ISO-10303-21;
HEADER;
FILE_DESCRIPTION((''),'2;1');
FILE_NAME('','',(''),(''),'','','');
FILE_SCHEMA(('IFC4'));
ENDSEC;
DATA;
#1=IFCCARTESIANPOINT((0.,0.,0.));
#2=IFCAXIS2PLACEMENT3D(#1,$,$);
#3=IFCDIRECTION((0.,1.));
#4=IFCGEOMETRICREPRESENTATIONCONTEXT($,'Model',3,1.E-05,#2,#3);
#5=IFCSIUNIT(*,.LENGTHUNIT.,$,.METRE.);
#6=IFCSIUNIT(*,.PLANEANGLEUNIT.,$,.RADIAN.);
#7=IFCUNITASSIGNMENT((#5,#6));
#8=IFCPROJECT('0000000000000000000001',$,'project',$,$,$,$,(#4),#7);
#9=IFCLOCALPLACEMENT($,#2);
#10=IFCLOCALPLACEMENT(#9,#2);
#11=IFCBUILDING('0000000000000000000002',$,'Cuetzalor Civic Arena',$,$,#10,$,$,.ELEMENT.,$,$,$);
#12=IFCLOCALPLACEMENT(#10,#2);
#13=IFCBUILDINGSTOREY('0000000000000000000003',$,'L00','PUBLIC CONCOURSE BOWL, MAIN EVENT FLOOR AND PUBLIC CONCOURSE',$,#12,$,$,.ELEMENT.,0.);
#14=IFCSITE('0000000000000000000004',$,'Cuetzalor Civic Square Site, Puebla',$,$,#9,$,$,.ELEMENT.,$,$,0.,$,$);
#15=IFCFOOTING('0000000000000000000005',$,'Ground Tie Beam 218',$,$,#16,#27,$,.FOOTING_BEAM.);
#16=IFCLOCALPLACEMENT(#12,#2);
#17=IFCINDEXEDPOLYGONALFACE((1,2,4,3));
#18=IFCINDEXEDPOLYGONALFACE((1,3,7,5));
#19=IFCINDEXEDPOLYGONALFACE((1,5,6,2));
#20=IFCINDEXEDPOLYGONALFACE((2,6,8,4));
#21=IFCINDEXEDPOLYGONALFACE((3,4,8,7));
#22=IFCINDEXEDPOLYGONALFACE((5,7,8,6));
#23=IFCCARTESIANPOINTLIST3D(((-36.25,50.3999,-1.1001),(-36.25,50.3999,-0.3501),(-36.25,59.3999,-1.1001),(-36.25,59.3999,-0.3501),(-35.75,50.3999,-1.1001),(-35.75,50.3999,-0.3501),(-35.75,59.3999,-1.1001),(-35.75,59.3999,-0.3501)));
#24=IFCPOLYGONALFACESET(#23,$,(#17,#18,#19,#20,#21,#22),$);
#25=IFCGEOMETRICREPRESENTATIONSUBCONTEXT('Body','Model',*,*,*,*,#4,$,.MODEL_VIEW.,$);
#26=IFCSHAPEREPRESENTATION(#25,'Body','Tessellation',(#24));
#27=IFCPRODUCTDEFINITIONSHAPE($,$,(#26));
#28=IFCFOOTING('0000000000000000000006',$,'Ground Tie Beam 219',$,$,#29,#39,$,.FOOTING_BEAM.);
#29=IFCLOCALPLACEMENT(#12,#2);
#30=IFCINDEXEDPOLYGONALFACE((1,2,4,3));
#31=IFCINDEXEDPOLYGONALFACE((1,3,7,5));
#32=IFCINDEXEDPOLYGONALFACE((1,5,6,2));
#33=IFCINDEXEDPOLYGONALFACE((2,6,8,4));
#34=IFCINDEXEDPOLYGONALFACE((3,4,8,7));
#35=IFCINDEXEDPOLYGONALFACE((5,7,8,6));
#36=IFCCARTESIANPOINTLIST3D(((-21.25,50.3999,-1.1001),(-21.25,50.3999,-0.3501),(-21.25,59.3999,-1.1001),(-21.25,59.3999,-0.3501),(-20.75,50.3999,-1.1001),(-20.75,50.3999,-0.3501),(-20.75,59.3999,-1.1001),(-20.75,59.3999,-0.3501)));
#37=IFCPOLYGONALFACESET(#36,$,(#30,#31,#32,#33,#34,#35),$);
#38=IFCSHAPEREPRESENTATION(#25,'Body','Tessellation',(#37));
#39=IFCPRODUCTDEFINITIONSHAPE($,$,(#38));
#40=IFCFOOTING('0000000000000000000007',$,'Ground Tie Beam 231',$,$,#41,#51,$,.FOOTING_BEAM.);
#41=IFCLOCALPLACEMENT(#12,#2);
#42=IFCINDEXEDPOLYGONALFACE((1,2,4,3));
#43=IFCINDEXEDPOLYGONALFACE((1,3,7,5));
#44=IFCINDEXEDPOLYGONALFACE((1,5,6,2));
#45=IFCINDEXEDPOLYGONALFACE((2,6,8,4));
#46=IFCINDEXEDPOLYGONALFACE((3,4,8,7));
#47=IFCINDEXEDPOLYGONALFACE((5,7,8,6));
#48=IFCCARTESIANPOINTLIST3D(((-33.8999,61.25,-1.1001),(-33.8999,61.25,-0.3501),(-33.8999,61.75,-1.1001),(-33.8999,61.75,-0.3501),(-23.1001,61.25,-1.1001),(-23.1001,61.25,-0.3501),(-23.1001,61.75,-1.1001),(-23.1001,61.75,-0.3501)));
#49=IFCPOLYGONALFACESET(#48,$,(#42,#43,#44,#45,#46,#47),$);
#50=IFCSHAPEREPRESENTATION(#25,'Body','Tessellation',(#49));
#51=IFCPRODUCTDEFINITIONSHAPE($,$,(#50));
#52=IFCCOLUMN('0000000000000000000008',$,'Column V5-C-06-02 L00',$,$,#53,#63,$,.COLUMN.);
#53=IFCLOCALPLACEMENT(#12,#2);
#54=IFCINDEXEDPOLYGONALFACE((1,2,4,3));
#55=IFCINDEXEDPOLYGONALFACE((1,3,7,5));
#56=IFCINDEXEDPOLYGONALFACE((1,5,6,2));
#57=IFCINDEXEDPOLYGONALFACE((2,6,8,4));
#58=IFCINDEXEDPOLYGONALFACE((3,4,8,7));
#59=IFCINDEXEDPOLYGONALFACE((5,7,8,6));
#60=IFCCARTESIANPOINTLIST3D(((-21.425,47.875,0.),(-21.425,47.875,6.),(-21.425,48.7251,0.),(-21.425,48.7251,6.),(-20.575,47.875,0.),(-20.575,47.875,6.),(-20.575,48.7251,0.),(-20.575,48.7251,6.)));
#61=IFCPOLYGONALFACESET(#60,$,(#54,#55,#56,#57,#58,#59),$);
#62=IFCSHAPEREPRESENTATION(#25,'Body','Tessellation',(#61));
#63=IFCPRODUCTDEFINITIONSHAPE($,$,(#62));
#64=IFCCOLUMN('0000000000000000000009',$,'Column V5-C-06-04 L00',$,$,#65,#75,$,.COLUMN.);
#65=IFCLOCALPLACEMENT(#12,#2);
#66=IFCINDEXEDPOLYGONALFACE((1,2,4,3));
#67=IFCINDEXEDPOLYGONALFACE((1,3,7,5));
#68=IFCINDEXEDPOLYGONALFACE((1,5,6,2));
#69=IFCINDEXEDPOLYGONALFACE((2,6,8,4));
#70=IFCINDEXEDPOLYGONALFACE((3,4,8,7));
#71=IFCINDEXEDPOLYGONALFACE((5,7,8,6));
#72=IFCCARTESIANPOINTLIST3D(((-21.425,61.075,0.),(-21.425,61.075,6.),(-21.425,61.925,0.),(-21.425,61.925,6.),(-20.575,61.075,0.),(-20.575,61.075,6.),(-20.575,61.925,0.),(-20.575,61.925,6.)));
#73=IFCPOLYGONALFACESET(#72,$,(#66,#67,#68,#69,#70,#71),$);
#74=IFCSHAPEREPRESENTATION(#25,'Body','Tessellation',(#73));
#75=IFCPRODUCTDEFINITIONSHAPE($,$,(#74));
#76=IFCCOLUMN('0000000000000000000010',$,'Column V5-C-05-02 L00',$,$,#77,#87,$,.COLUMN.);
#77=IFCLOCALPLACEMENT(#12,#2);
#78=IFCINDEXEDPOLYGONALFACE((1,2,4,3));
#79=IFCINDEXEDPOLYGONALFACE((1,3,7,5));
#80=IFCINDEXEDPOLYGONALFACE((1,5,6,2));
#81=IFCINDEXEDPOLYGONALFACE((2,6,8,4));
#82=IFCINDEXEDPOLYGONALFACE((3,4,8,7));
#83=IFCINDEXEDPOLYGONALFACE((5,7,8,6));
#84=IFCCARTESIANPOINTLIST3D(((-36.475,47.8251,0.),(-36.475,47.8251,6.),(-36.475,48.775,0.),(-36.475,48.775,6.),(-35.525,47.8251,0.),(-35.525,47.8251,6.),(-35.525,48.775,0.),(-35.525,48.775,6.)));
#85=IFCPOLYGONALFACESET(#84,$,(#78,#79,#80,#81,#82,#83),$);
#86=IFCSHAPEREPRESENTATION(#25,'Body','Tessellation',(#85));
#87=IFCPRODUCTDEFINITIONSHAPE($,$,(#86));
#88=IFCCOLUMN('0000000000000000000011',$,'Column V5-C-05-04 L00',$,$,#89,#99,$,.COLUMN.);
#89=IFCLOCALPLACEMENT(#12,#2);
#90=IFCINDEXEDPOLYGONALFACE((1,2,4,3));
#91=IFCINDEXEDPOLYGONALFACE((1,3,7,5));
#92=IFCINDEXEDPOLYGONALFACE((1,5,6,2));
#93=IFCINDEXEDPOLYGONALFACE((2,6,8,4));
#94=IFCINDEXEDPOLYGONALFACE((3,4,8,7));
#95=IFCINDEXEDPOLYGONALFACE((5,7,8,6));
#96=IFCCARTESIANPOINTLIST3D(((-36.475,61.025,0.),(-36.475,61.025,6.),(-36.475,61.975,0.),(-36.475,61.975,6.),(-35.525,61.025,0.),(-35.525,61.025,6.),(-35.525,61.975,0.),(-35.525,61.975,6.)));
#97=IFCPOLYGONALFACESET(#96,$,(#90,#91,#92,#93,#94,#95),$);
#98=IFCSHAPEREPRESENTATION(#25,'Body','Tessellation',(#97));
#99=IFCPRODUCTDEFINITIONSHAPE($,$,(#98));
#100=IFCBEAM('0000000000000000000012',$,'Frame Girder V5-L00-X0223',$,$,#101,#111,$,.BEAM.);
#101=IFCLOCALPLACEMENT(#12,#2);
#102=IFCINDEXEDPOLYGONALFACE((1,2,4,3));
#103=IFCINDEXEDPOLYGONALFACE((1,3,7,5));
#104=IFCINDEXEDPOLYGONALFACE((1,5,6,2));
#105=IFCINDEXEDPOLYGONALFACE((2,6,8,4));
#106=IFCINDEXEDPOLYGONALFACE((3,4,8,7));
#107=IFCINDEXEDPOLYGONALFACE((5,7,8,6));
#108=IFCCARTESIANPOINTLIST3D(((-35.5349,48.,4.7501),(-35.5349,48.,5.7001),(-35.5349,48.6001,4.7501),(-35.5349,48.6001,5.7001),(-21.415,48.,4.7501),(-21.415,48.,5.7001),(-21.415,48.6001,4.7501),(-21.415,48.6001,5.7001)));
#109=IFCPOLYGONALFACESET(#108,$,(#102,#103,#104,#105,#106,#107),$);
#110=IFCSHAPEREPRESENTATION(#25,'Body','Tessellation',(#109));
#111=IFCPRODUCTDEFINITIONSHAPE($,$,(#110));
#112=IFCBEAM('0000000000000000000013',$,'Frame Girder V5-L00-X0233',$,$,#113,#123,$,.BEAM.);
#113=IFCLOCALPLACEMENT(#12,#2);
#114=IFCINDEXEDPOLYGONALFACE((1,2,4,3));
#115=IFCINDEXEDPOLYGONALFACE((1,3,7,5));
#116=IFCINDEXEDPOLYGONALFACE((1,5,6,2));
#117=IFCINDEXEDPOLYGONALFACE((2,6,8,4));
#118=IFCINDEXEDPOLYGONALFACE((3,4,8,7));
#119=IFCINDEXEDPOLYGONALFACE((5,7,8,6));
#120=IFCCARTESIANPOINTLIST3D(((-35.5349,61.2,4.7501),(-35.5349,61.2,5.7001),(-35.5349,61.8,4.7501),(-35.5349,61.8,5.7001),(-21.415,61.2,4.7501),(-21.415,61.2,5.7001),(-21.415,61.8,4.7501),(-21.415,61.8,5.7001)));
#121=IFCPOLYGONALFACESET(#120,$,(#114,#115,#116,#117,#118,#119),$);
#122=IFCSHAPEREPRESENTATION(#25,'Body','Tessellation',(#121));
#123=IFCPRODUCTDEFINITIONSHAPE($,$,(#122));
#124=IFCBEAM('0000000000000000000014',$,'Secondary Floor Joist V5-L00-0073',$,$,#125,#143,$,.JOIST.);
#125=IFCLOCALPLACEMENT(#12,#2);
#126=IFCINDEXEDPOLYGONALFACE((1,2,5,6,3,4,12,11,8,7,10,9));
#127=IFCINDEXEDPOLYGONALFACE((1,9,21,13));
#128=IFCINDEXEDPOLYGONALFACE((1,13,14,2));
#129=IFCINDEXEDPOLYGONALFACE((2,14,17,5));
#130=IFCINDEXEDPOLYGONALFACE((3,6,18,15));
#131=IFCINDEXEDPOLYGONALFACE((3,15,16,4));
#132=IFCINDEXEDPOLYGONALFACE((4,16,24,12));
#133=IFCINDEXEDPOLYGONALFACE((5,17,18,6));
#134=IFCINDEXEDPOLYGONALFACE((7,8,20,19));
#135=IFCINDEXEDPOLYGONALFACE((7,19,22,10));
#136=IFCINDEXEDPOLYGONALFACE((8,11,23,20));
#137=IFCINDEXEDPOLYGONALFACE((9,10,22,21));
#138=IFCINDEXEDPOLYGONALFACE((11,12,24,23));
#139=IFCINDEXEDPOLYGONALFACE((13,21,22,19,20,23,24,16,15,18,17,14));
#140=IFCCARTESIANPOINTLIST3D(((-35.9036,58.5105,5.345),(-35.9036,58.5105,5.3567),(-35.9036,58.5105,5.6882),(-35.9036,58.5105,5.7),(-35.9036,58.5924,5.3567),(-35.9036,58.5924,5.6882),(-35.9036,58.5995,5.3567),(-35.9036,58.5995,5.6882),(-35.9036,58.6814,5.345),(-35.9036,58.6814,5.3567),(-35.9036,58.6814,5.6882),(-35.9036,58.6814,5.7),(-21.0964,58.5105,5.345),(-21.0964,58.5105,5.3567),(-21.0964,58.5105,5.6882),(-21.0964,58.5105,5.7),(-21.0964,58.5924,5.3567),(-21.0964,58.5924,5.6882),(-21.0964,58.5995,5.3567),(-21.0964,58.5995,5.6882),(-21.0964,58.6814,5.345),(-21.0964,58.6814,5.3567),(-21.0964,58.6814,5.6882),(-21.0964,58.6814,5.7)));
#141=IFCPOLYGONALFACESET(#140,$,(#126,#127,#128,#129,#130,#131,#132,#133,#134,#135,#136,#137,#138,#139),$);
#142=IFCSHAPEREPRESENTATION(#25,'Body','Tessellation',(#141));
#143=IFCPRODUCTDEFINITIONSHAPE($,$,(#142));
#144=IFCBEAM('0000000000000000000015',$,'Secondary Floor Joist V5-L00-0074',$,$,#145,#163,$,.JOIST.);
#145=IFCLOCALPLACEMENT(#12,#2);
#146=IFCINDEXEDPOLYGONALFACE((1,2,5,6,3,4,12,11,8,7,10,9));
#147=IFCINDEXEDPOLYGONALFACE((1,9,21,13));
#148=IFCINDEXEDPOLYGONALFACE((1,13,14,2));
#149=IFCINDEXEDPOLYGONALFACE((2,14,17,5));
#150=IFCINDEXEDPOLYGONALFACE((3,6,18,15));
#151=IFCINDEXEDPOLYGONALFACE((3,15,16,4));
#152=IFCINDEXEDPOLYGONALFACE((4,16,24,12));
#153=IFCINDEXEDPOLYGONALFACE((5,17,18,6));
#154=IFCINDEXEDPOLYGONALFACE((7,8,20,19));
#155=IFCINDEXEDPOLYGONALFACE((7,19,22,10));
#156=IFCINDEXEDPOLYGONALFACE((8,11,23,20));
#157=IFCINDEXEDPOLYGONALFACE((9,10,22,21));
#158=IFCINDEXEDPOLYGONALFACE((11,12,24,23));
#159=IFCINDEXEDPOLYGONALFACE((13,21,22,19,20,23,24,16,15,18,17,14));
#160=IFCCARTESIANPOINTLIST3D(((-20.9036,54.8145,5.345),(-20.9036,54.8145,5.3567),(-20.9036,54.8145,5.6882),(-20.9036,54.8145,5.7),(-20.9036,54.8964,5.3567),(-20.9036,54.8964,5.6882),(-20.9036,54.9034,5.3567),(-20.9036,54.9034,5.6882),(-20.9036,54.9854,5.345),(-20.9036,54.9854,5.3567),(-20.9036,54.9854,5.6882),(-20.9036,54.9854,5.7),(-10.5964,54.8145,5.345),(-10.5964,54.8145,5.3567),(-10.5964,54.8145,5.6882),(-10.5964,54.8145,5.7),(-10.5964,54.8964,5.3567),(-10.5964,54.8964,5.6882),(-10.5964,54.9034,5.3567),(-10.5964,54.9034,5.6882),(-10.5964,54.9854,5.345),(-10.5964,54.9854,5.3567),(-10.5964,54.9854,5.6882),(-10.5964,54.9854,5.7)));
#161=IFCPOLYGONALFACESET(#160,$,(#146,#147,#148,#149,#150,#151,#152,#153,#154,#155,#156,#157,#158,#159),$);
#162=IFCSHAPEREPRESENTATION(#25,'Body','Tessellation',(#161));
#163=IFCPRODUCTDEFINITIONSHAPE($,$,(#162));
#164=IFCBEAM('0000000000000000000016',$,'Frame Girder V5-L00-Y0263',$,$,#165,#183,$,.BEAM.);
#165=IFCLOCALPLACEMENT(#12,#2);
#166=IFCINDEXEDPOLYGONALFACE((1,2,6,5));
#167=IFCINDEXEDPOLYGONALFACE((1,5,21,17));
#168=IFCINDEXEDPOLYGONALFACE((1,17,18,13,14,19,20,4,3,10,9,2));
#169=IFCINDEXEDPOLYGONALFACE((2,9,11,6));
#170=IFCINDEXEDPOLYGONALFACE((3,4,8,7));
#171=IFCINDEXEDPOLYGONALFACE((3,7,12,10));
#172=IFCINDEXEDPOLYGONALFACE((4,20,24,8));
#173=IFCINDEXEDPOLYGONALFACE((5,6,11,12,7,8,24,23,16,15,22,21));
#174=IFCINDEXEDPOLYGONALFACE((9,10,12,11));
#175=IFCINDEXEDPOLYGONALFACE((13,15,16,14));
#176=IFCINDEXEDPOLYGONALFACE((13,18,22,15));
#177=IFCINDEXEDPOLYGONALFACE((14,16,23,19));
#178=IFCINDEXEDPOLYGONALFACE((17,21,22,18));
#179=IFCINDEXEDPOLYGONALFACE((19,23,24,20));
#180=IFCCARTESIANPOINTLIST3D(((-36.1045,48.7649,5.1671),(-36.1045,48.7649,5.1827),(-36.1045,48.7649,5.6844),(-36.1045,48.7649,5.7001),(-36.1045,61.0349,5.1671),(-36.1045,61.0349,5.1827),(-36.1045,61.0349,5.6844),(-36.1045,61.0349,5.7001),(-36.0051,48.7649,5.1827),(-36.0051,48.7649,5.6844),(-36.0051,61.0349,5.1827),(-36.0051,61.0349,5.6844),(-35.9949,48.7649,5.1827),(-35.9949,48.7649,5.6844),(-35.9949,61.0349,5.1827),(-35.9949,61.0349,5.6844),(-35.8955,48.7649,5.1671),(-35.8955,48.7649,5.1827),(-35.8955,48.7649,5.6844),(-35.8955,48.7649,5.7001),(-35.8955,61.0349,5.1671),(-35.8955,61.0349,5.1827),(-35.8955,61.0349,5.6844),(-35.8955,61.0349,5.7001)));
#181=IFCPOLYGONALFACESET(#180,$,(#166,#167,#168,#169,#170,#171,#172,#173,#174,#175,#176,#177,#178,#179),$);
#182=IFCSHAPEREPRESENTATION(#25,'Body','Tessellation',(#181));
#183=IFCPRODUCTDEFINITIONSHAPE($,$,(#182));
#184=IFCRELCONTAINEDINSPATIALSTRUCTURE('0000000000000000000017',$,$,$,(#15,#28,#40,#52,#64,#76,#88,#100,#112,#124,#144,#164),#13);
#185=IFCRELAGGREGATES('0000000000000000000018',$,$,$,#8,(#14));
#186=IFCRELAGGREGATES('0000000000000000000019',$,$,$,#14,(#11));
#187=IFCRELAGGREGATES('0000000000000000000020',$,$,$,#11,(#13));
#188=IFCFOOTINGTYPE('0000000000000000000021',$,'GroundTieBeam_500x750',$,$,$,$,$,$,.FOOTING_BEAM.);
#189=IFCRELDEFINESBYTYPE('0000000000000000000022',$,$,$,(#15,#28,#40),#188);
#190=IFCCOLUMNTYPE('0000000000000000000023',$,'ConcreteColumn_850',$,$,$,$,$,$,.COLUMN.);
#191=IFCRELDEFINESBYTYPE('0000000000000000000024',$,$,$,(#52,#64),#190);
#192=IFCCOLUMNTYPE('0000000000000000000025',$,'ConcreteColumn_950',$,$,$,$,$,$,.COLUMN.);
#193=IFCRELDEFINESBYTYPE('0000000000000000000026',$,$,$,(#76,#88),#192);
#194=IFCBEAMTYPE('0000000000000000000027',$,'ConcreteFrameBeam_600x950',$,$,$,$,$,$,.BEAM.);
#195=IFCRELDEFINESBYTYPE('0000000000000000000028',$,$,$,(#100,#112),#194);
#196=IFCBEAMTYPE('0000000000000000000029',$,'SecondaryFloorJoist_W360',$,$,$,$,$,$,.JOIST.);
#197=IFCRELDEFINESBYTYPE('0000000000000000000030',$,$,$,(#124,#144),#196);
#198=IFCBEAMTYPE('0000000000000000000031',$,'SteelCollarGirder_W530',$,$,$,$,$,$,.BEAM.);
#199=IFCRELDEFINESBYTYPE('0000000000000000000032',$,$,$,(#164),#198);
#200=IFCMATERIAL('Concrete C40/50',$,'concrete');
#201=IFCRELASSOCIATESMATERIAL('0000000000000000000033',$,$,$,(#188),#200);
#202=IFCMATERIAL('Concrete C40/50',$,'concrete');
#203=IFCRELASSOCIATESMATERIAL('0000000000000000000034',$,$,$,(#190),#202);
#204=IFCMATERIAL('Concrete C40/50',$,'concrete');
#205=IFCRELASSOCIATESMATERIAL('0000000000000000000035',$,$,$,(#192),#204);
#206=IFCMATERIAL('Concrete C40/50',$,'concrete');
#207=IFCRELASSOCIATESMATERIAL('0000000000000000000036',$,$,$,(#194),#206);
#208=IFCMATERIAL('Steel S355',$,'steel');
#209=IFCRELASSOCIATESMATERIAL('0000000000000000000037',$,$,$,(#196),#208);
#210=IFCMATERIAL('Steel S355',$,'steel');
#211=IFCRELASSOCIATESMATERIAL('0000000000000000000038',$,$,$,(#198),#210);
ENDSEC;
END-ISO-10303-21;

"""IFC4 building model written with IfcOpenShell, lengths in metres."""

from ifc_helpers import new_model, si_unit, direction, frame, origin, origin_2d, place, context, subcontext, project, spatial, rectangle, i_section, extrude, material, material_profile, profile_set, type_object, element, save


model = new_model("IFC4")

# Units and contexts
model_context = context("Model", 3, precision=1e-05, world=origin(), true_north=direction((0.0, 1.0)))
body_context = subcontext(model_context, "Body", "Model", "MODEL_VIEW")
ifc_project = project(units=[si_unit("LENGTHUNIT", "METRE"), si_unit("PLANEANGLEUNIT", "RADIAN")], contexts=[model_context])

# Site, building, storey
site_placement = place(None, origin())
site = spatial("IfcSite", under=ifc_project, at=site_placement, Name="Cuetzalor Civic Square Site, Puebla", CompositionType="ELEMENT", RefElevation=0.0)
building_placement = place(site_placement, origin())
building = spatial("IfcBuilding", under=site, at=building_placement, Name="Cuetzalor Civic Arena", CompositionType="ELEMENT")
storey_placement = place(building_placement, origin())
storey = spatial("IfcBuildingStorey", under=building, at=storey_placement, Name="L00", Description="PUBLIC CONCOURSE BOWL, MAIN EVENT FLOOR AND PUBLIC CONCOURSE", CompositionType="ELEMENT", Elevation=0.0)

# Footings
ifc_material_1 = material(Name="Concrete C40/50", Category="concrete")
ifc_material_profile_1 = material_profile(ifc_material_1, rectangle(XDim=0.5, YDim=0.75, at=origin_2d()), Name="RC 500x750")
ifc_profile_set_1 = profile_set([ifc_material_profile_1], Name="Concrete C40/50")
footing_type_1 = type_object("IfcFootingType", Name="GroundTieBeam_500x750", PredefinedType="FOOTING_BEAM", material=ifc_profile_set_1)
for number, where, z_axis, x_axis, name in (
    (1, (-36.0, 50.3999, -0.7251), (0.0, 1.0, 0.0), (-1.0, 0.0, 0.0), "Ground Tie Beam 218"),
    (2, (-21.0, 50.3999, -0.7251), (0.0, 1.0, 0.0), (-1.0, 0.0, 0.0), "Ground Tie Beam 219"),
):
    element("IfcFooting", number, at=place(storey_placement, frame(where, z_axis=z_axis, x_axis=x_axis)), inside=storey, type_object=footing_type_1, Name=name, PredefinedType="FOOTING_BEAM", context=body_context, shape_type="SweptSolid", body=[
        extrude(rectangle(XDim=0.5, YDim=0.75, at=origin_2d()), origin(), (0.0, 0.0, 1.0), 9.0),
    ])
footing_1_placement = place(storey_placement, frame((-33.8999, 61.5, -0.7251), z_axis=(1.0, 0.0, 0.0), x_axis=(0.0, 1.0, 0.0)))
element("IfcFooting", 3, at=footing_1_placement, inside=storey, type_object=footing_type_1, Name="Ground Tie Beam 231", PredefinedType="FOOTING_BEAM", context=body_context, shape_type="SweptSolid", body=[
    extrude(rectangle(XDim=0.5, YDim=0.75, at=origin_2d()), origin(), (0.0, 0.0, 1.0), 10.7998),
])

# Columns
ifc_material_2 = material(Name="Concrete C40/50", Category="concrete")
ifc_material_profile_2 = material_profile(ifc_material_2, rectangle(XDim=0.8501, YDim=0.8501, at=origin_2d()), Name="RC 850x850")
ifc_profile_set_2 = profile_set([ifc_material_profile_2], Name="Concrete C40/50")
column_type_1 = type_object("IfcColumnType", Name="ConcreteColumn_850", PredefinedType="COLUMN", material=ifc_profile_set_2)
for number, where, z_axis, x_axis, name in (
    (4, (-21.0, 48.3, 0.0), (0.0, 0.0, 1.0), (1.0, 0.0, 0.0), "Column V5-C-06-02 L00"),
    (5, (-21.0, 61.5, 0.0), (0.0, 0.0, 1.0), (1.0, 0.0, 0.0), "Column V5-C-06-04 L00"),
):
    element("IfcColumn", number, at=place(storey_placement, frame(where, z_axis=z_axis, x_axis=x_axis)), inside=storey, type_object=column_type_1, Name=name, PredefinedType="COLUMN", context=body_context, shape_type="SweptSolid", body=[
        extrude(rectangle(XDim=0.8501, YDim=0.8501, at=origin_2d()), origin(), (0.0, 0.0, 1.0), 6.0),
    ])
ifc_material_3 = material(Name="Concrete C40/50", Category="concrete")
ifc_material_profile_3 = material_profile(ifc_material_3, rectangle(XDim=0.95, YDim=0.95, at=origin_2d()), Name="RC 950x950")
ifc_profile_set_3 = profile_set([ifc_material_profile_3], Name="Concrete C40/50")
column_type_2 = type_object("IfcColumnType", Name="ConcreteColumn_950", PredefinedType="COLUMN", material=ifc_profile_set_3)
for number, where, z_axis, x_axis, name in (
    (6, (-36.0, 48.3, 0.0), (0.0, 0.0, 1.0), (1.0, 0.0, 0.0), "Column V5-C-05-02 L00"),
    (7, (-36.0, 61.5, 0.0), (0.0, 0.0, 1.0), (1.0, 0.0, 0.0), "Column V5-C-05-04 L00"),
):
    element("IfcColumn", number, at=place(storey_placement, frame(where, z_axis=z_axis, x_axis=x_axis)), inside=storey, type_object=column_type_2, Name=name, PredefinedType="COLUMN", context=body_context, shape_type="SweptSolid", body=[
        extrude(rectangle(XDim=0.95, YDim=0.95, at=origin_2d()), origin(), (0.0, 0.0, 1.0), 6.0),
    ])

# Beams
ifc_material_4 = material(Name="Concrete C40/50", Category="concrete")
ifc_material_profile_4 = material_profile(ifc_material_4, rectangle(XDim=0.6001, YDim=0.95, at=origin_2d()), Name="RC 600x950")
ifc_profile_set_4 = profile_set([ifc_material_profile_4], Name="Concrete C40/50")
beam_type_1 = type_object("IfcBeamType", Name="ConcreteFrameBeam_600x950", PredefinedType="BEAM", material=ifc_profile_set_4)
for number, where, z_axis, x_axis, name in (
    (8, (-35.5349, 48.3, 5.2251), (1.0, 0.0, 0.0), (0.0, 1.0, 0.0), "Frame Girder V5-L00-X0223"),
    (9, (-35.5349, 61.5, 5.2251), (1.0, 0.0, 0.0), (0.0, 1.0, 0.0), "Frame Girder V5-L00-X0233"),
):
    element("IfcBeam", number, at=place(storey_placement, frame(where, z_axis=z_axis, x_axis=x_axis)), inside=storey, type_object=beam_type_1, Name=name, PredefinedType="BEAM", context=body_context, shape_type="SweptSolid", body=[
        extrude(rectangle(XDim=0.6001, YDim=0.95, at=origin_2d()), origin(), (0.0, 0.0, 1.0), 14.1199),
    ])
ifc_material_5 = material(Name="Steel S355", Category="steel")
ifc_material_profile_5 = material_profile(ifc_material_5, i_section(OverallWidth=0.1709, OverallDepth=0.355, WebThickness=0.0071, FlangeThickness=0.0117, at=origin_2d()), Name="W360x51")
ifc_profile_set_5 = profile_set([ifc_material_profile_5], Name="Steel S355")
beam_type_2 = type_object("IfcBeamType", Name="SecondaryFloorJoist_W360", PredefinedType="JOIST", material=ifc_profile_set_5)
beam_1_placement = place(storey_placement, frame((-35.9036, 58.5959, 5.5225), z_axis=(1.0, 0.0, 0.0), x_axis=(0.0, 1.0, 0.0)))
element("IfcBeam", 10, at=beam_1_placement, inside=storey, type_object=beam_type_2, Name="Secondary Floor Joist V5-L00-0073", PredefinedType="JOIST", context=body_context, shape_type="SweptSolid", body=[
    extrude(i_section(OverallWidth=0.1709, OverallDepth=0.355, WebThickness=0.0071, FlangeThickness=0.0117, at=origin_2d()), origin(), (0.0, 0.0, 1.0), 14.8071),
])
beam_2_placement = place(storey_placement, frame((-20.9036, 54.8999, 5.5225), z_axis=(1.0, 0.0, 0.0), x_axis=(0.0, 1.0, 0.0)))
element("IfcBeam", 11, at=beam_2_placement, inside=storey, type_object=beam_type_2, Name="Secondary Floor Joist V5-L00-0074", PredefinedType="JOIST", context=body_context, shape_type="SweptSolid", body=[
    extrude(i_section(OverallWidth=0.1709, OverallDepth=0.355, WebThickness=0.0071, FlangeThickness=0.0117, at=origin_2d()), origin(), (0.0, 0.0, 1.0), 10.3071),
])
ifc_material_6 = material(Name="Steel S355", Category="steel")
ifc_material_profile_6 = material_profile(ifc_material_6, i_section(OverallWidth=0.209, OverallDepth=0.533, WebThickness=0.0103, FlangeThickness=0.0156, at=origin_2d()), Name="W530x92")
ifc_profile_set_6 = profile_set([ifc_material_profile_6], Name="Steel S355")
beam_type_3 = type_object("IfcBeamType", Name="SteelCollarGirder_W530", PredefinedType="BEAM", material=ifc_profile_set_6)
beam_3_placement = place(storey_placement, frame((-36.0, 48.7649, 5.4336), z_axis=(0.0, 1.0, 0.0), x_axis=(-1.0, 0.0, 0.0)))
element("IfcBeam", 12, at=beam_3_placement, inside=storey, type_object=beam_type_3, Name="Frame Girder V5-L00-Y0263", PredefinedType="BEAM", context=body_context, shape_type="SweptSolid", body=[
    extrude(i_section(OverallWidth=0.209, OverallDepth=0.533, WebThickness=0.0103, FlangeThickness=0.0156, at=origin_2d()), origin(), (0.0, 0.0, 1.0), 12.27),
])

save(model, "model.ifc")
